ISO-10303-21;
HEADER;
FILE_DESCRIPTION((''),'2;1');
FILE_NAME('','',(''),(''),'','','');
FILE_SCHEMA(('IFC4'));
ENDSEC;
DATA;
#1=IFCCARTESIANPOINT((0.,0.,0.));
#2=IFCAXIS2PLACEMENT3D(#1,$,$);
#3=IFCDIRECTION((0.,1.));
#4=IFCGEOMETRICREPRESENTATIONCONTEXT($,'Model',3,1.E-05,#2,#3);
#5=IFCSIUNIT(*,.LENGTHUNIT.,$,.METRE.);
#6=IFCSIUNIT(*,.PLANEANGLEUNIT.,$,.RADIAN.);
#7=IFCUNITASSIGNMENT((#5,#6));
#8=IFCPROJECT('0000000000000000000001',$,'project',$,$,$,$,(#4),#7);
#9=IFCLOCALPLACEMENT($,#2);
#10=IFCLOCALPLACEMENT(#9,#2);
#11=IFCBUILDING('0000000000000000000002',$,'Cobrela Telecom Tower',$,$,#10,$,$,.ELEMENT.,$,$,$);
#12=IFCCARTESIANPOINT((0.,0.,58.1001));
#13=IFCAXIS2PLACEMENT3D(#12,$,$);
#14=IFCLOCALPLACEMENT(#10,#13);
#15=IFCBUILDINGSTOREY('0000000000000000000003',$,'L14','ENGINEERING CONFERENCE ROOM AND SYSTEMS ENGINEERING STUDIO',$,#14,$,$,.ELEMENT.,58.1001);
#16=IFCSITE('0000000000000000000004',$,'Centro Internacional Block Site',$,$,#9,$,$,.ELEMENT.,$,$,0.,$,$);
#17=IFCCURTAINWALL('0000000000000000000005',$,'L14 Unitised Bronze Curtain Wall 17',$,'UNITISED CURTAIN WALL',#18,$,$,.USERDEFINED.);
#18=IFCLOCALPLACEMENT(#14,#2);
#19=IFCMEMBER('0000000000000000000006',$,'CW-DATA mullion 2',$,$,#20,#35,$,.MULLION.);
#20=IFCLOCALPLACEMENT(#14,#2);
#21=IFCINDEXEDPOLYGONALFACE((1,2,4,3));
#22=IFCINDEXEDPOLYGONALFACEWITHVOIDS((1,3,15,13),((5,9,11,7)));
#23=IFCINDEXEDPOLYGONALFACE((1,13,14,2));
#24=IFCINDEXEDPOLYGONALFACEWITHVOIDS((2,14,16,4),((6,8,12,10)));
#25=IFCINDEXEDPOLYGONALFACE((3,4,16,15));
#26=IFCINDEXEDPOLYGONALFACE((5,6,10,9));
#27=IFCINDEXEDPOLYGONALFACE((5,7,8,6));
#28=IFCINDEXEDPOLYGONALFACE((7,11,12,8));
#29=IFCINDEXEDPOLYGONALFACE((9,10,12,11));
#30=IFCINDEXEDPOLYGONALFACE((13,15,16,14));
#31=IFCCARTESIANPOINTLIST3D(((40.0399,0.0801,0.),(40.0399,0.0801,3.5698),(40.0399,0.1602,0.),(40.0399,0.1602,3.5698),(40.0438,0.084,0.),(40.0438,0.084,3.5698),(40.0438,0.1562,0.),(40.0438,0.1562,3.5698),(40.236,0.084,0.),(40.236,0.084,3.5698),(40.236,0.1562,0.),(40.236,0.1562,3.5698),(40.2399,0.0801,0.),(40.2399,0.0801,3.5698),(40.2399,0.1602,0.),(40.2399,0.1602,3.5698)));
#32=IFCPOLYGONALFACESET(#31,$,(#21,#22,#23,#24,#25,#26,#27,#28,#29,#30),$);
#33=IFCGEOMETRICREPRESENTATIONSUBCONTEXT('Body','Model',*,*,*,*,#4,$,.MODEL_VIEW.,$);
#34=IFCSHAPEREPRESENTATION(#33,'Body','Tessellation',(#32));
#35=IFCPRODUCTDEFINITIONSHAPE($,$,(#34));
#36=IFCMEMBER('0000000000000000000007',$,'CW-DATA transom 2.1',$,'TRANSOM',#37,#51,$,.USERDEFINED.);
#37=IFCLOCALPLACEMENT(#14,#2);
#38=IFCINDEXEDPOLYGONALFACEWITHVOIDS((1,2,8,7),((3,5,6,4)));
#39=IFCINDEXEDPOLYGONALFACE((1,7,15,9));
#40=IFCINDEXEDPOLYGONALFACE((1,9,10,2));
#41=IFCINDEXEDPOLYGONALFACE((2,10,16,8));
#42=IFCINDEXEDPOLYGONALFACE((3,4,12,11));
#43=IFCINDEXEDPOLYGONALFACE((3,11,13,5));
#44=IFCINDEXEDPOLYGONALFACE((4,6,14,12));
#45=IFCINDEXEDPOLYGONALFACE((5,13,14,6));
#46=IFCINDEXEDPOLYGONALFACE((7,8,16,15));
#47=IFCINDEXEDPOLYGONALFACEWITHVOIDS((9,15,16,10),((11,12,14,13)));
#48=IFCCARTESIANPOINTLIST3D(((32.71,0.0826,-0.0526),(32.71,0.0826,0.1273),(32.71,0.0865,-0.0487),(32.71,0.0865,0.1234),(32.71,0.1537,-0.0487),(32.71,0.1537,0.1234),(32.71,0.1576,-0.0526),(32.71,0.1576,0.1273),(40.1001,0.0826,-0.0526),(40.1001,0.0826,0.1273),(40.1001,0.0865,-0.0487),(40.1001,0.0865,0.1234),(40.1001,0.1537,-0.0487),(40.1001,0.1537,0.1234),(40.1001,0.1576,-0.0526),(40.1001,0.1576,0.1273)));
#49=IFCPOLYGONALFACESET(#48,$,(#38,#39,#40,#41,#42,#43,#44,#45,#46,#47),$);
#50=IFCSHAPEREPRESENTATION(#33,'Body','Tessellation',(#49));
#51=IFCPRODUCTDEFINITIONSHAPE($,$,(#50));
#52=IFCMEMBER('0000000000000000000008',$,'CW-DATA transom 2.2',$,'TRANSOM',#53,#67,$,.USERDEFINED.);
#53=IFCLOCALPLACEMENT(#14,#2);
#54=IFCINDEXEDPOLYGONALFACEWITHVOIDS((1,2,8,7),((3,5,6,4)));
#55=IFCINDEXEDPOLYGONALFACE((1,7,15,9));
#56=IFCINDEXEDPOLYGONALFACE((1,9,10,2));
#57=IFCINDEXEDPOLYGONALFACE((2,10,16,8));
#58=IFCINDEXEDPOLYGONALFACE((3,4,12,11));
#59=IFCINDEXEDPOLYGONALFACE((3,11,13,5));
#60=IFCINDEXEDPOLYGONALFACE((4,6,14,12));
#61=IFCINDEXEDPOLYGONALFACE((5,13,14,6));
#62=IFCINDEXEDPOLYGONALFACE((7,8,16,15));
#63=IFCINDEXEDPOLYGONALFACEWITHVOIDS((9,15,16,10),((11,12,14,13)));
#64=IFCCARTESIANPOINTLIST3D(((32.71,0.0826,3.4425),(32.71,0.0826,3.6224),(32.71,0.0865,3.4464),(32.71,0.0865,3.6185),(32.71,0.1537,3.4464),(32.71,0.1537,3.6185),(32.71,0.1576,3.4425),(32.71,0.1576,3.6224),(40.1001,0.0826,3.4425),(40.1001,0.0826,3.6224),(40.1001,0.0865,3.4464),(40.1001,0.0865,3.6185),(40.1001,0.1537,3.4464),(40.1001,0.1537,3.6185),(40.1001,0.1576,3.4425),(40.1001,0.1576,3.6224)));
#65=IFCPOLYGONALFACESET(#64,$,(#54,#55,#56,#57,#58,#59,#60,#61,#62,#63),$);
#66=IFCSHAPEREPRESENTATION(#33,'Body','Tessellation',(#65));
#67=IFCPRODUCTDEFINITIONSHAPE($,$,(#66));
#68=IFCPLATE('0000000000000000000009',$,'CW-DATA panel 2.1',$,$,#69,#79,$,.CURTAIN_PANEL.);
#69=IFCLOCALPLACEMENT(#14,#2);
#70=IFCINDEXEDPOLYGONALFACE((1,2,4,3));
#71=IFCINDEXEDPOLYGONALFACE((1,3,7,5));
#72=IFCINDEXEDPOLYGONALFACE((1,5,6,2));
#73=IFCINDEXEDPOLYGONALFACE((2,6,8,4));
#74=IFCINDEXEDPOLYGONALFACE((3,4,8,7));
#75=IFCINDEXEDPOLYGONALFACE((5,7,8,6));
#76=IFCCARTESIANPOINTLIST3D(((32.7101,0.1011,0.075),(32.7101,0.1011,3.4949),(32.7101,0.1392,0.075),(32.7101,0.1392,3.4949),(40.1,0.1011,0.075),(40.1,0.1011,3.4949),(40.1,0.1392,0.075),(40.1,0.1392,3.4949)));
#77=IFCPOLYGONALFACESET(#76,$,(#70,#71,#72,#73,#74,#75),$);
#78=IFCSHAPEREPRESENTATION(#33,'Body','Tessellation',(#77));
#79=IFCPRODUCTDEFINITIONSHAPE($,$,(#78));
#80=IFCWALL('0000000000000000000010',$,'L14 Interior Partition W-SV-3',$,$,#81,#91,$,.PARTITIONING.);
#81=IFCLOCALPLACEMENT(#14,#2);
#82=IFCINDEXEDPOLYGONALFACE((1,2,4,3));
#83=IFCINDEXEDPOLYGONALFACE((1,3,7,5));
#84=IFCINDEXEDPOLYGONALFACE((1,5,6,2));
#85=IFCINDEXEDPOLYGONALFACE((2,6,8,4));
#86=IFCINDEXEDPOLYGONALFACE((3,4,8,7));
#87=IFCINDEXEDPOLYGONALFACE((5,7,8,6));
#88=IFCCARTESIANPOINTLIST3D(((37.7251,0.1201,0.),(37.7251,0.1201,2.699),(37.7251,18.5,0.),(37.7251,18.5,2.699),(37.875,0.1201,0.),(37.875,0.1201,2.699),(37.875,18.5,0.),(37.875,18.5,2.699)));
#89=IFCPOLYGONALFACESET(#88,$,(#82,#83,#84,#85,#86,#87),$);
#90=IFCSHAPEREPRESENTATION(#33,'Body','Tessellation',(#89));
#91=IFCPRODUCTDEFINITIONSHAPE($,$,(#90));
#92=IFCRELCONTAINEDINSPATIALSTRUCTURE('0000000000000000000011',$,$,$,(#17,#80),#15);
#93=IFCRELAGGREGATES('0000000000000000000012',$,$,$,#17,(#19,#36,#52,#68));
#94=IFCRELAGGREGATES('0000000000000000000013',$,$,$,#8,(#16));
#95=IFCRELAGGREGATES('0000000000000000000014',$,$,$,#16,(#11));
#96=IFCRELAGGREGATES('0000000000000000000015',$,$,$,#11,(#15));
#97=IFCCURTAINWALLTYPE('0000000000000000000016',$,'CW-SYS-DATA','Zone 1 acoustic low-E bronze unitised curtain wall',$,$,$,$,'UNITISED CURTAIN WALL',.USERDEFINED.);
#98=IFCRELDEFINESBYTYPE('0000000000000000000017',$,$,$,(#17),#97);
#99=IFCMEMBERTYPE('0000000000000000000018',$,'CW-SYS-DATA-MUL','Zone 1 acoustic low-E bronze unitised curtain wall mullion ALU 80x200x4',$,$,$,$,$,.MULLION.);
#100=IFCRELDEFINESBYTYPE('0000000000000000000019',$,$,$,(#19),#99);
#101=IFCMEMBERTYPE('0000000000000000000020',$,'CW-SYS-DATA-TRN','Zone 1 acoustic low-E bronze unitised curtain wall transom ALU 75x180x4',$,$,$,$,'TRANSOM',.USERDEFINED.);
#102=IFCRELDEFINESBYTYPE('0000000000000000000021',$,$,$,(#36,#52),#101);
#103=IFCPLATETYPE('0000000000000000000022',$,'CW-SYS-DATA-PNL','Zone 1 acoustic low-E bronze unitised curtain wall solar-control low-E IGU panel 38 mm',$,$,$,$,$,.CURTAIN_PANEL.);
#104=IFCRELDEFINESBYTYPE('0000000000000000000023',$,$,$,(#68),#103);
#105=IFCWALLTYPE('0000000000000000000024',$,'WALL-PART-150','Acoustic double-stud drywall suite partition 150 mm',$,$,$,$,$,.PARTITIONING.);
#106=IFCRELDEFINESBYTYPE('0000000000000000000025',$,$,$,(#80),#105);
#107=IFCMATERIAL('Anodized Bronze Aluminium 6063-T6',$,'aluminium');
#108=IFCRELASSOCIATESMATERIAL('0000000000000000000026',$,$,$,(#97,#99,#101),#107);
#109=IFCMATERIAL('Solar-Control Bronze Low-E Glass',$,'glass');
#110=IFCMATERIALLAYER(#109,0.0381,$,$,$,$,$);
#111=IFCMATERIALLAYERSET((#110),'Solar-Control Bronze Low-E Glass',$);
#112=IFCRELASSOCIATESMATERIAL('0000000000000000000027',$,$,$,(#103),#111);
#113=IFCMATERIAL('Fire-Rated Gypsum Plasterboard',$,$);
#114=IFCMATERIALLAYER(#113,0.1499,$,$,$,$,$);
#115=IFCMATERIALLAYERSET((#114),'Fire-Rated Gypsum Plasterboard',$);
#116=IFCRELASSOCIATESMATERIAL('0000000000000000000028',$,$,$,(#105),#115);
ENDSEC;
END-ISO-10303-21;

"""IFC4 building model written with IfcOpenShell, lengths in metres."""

from ifc_helpers import new_model, si_unit, direction, frame, frame_2d, origin, origin_2d, place, context, subcontext, project, spatial, rectangle, hollow_rectangle, extrude, material, layer, layer_set, material_profile, profile_set, type_object, element, aggregate, save


model = new_model("IFC4")

# Units and contexts
model_context = context("Model", 3, precision=1e-05, world=origin(), true_north=direction((0.0, 1.0)))
body_context = subcontext(model_context, "Body", "Model", "MODEL_VIEW")
ifc_project = project(units=[si_unit("LENGTHUNIT", "METRE"), si_unit("PLANEANGLEUNIT", "RADIAN")], contexts=[model_context])

# Site, building, storey
site_placement = place(None, origin())
site = spatial("IfcSite", under=ifc_project, at=site_placement, Name="Centro Internacional Block Site", CompositionType="ELEMENT", RefElevation=0.0)
building_placement = place(site_placement, origin())
building = spatial("IfcBuilding", under=site, at=building_placement, Name="Cobrela Telecom Tower", CompositionType="ELEMENT")
storey_placement = place(building_placement, frame((0.0, 0.0, 58.1001)))
storey = spatial("IfcBuildingStorey", under=building, at=storey_placement, Name="L14", Description="ENGINEERING CONFERENCE ROOM AND SYSTEMS ENGINEERING STUDIO", CompositionType="ELEMENT", Elevation=58.1001)

# Curtain wall, members, plate
ifc_material_1 = material(Name="Anodized Bronze Aluminium 6063-T6", Category="aluminium")
curtain_wall_type = type_object("IfcCurtainWallType", Name="CW-SYS-DATA", Description="Zone 1 acoustic low-E bronze unitised curtain wall", ElementType="UNITISED CURTAIN WALL", PredefinedType="USERDEFINED", material=ifc_material_1)
curtain_wall_placement = place(storey_placement, origin())
curtain_wall = element("IfcCurtainWall", 1, at=curtain_wall_placement, inside=storey, type_object=curtain_wall_type, Name="L14 Unitised Bronze Curtain Wall 17", ObjectType="UNITISED CURTAIN WALL", PredefinedType="USERDEFINED")
ifc_material_profile_1 = material_profile(ifc_material_1, hollow_rectangle(XDim=0.0801, YDim=0.2, WallThickness=0.0039, at=origin_2d()), Name="ALU 80x200x4")
ifc_profile_set_1 = profile_set([ifc_material_profile_1], Name="Anodized Bronze Aluminium 6063-T6")
member_type_1 = type_object("IfcMemberType", Name="CW-SYS-DATA-MUL", Description="Zone 1 acoustic low-E bronze unitised curtain wall mullion ALU 80x200x4", PredefinedType="MULLION", material=ifc_profile_set_1)
member_1_placement = place(storey_placement, frame((40.1399, 0.1201, 0.0), z_axis=(0.0, 0.0, 1.0), x_axis=(0.0, -1.0, 0.0)))
member_1 = element("IfcMember", 2, at=member_1_placement, type_object=member_type_1, Name="CW-DATA mullion 2", PredefinedType="MULLION", context=body_context, shape_type="SweptSolid", body=[
    extrude(hollow_rectangle(XDim=0.0801, YDim=0.2, WallThickness=0.0039, at=origin_2d()), origin(), (0.0, 0.0, 1.0), 3.5698),
])
ifc_material_profile_2 = material_profile(ifc_material_1, hollow_rectangle(XDim=0.075, YDim=0.1799, WallThickness=0.0039, at=origin_2d()), Name="ALU 75x180x4")
ifc_profile_set_2 = profile_set([ifc_material_profile_2], Name="Anodized Bronze Aluminium 6063-T6")
member_type_2 = type_object("IfcMemberType", Name="CW-SYS-DATA-TRN", Description="Zone 1 acoustic low-E bronze unitised curtain wall transom ALU 75x180x4", ElementType="TRANSOM", PredefinedType="USERDEFINED", material=ifc_profile_set_2)
member_2_placement = place(storey_placement, frame((40.1001, 0.1201, 0.0374), z_axis=(-1.0, 0.0, 0.0), x_axis=(0.0, -1.0, 0.0)))
member_2 = element("IfcMember", 3, at=member_2_placement, type_object=member_type_2, Name="CW-DATA transom 2.1", ObjectType="TRANSOM", PredefinedType="USERDEFINED", context=body_context, shape_type="SweptSolid", body=[
    extrude(hollow_rectangle(XDim=0.075, YDim=0.1799, WallThickness=0.0039, at=origin_2d()), origin(), (0.0, 0.0, 1.0), 7.3901),
])
member_3_placement = place(storey_placement, frame((40.1001, 0.1201, 3.5325), z_axis=(-1.0, 0.0, 0.0), x_axis=(0.0, -1.0, 0.0)))
member_3 = element("IfcMember", 4, at=member_3_placement, type_object=member_type_2, Name="CW-DATA transom 2.2", ObjectType="TRANSOM", PredefinedType="USERDEFINED", context=body_context, shape_type="SweptSolid", body=[
    extrude(hollow_rectangle(XDim=0.075, YDim=0.1799, WallThickness=0.0039, at=origin_2d()), origin(), (0.0, 0.0, 1.0), 7.3901),
])
ifc_material_2 = material(Name="Solar-Control Bronze Low-E Glass", Category="glass")
ifc_layer_1 = layer(ifc_material_2, 0.0381)
ifc_layer_set_1 = layer_set([ifc_layer_1], Name="Solar-Control Bronze Low-E Glass")
plate_type = type_object("IfcPlateType", Name="CW-SYS-DATA-PNL", Description="Zone 1 acoustic low-E bronze unitised curtain wall solar-control low-E IGU panel 38 mm", PredefinedType="CURTAIN_PANEL", material=ifc_layer_set_1)
plate_placement = place(storey_placement, frame((36.405, 0.1201, 0.075), z_axis=(0.0, 0.0, 1.0), x_axis=(-1.0, 0.0, 0.0)))
plate = element("IfcPlate", 5, at=plate_placement, type_object=plate_type, Name="CW-DATA panel 2.1", PredefinedType="CURTAIN_PANEL", context=body_context, shape_type="SweptSolid", body=[
    extrude(rectangle(XDim=7.3899, YDim=0.0381, at=origin_2d()), origin(), (0.0, 0.0, 1.0), 3.4199),
])
aggregate(curtain_wall, [member_1, member_2, member_3, plate])

# Wall
ifc_material_3 = material(Name="Fire-Rated Gypsum Plasterboard")
ifc_layer_2 = layer(ifc_material_3, 0.1499)
ifc_layer_set_2 = layer_set([ifc_layer_2], Name="Fire-Rated Gypsum Plasterboard")
wall_type = type_object("IfcWallType", Name="WALL-PART-150", Description="Acoustic double-stud drywall suite partition 150 mm", PredefinedType="PARTITIONING", material=ifc_layer_set_2)
wall_placement = place(storey_placement, frame((37.8, 0.1201, 0.0), z_axis=(0.0, 0.0, 1.0), x_axis=(0.0, 1.0, 0.0)))
element("IfcWall", 6, at=wall_placement, inside=storey, type_object=wall_type, Name="L14 Interior Partition W-SV-3", PredefinedType="PARTITIONING", context=body_context, shape_type="SweptSolid", body=[
    extrude(rectangle(XDim=18.3799, YDim=0.1499, at=frame_2d((9.1899, 0.0))), origin(), (0.0, 0.0, 1.0), 2.699),
])

save(model, "model.ifc")
